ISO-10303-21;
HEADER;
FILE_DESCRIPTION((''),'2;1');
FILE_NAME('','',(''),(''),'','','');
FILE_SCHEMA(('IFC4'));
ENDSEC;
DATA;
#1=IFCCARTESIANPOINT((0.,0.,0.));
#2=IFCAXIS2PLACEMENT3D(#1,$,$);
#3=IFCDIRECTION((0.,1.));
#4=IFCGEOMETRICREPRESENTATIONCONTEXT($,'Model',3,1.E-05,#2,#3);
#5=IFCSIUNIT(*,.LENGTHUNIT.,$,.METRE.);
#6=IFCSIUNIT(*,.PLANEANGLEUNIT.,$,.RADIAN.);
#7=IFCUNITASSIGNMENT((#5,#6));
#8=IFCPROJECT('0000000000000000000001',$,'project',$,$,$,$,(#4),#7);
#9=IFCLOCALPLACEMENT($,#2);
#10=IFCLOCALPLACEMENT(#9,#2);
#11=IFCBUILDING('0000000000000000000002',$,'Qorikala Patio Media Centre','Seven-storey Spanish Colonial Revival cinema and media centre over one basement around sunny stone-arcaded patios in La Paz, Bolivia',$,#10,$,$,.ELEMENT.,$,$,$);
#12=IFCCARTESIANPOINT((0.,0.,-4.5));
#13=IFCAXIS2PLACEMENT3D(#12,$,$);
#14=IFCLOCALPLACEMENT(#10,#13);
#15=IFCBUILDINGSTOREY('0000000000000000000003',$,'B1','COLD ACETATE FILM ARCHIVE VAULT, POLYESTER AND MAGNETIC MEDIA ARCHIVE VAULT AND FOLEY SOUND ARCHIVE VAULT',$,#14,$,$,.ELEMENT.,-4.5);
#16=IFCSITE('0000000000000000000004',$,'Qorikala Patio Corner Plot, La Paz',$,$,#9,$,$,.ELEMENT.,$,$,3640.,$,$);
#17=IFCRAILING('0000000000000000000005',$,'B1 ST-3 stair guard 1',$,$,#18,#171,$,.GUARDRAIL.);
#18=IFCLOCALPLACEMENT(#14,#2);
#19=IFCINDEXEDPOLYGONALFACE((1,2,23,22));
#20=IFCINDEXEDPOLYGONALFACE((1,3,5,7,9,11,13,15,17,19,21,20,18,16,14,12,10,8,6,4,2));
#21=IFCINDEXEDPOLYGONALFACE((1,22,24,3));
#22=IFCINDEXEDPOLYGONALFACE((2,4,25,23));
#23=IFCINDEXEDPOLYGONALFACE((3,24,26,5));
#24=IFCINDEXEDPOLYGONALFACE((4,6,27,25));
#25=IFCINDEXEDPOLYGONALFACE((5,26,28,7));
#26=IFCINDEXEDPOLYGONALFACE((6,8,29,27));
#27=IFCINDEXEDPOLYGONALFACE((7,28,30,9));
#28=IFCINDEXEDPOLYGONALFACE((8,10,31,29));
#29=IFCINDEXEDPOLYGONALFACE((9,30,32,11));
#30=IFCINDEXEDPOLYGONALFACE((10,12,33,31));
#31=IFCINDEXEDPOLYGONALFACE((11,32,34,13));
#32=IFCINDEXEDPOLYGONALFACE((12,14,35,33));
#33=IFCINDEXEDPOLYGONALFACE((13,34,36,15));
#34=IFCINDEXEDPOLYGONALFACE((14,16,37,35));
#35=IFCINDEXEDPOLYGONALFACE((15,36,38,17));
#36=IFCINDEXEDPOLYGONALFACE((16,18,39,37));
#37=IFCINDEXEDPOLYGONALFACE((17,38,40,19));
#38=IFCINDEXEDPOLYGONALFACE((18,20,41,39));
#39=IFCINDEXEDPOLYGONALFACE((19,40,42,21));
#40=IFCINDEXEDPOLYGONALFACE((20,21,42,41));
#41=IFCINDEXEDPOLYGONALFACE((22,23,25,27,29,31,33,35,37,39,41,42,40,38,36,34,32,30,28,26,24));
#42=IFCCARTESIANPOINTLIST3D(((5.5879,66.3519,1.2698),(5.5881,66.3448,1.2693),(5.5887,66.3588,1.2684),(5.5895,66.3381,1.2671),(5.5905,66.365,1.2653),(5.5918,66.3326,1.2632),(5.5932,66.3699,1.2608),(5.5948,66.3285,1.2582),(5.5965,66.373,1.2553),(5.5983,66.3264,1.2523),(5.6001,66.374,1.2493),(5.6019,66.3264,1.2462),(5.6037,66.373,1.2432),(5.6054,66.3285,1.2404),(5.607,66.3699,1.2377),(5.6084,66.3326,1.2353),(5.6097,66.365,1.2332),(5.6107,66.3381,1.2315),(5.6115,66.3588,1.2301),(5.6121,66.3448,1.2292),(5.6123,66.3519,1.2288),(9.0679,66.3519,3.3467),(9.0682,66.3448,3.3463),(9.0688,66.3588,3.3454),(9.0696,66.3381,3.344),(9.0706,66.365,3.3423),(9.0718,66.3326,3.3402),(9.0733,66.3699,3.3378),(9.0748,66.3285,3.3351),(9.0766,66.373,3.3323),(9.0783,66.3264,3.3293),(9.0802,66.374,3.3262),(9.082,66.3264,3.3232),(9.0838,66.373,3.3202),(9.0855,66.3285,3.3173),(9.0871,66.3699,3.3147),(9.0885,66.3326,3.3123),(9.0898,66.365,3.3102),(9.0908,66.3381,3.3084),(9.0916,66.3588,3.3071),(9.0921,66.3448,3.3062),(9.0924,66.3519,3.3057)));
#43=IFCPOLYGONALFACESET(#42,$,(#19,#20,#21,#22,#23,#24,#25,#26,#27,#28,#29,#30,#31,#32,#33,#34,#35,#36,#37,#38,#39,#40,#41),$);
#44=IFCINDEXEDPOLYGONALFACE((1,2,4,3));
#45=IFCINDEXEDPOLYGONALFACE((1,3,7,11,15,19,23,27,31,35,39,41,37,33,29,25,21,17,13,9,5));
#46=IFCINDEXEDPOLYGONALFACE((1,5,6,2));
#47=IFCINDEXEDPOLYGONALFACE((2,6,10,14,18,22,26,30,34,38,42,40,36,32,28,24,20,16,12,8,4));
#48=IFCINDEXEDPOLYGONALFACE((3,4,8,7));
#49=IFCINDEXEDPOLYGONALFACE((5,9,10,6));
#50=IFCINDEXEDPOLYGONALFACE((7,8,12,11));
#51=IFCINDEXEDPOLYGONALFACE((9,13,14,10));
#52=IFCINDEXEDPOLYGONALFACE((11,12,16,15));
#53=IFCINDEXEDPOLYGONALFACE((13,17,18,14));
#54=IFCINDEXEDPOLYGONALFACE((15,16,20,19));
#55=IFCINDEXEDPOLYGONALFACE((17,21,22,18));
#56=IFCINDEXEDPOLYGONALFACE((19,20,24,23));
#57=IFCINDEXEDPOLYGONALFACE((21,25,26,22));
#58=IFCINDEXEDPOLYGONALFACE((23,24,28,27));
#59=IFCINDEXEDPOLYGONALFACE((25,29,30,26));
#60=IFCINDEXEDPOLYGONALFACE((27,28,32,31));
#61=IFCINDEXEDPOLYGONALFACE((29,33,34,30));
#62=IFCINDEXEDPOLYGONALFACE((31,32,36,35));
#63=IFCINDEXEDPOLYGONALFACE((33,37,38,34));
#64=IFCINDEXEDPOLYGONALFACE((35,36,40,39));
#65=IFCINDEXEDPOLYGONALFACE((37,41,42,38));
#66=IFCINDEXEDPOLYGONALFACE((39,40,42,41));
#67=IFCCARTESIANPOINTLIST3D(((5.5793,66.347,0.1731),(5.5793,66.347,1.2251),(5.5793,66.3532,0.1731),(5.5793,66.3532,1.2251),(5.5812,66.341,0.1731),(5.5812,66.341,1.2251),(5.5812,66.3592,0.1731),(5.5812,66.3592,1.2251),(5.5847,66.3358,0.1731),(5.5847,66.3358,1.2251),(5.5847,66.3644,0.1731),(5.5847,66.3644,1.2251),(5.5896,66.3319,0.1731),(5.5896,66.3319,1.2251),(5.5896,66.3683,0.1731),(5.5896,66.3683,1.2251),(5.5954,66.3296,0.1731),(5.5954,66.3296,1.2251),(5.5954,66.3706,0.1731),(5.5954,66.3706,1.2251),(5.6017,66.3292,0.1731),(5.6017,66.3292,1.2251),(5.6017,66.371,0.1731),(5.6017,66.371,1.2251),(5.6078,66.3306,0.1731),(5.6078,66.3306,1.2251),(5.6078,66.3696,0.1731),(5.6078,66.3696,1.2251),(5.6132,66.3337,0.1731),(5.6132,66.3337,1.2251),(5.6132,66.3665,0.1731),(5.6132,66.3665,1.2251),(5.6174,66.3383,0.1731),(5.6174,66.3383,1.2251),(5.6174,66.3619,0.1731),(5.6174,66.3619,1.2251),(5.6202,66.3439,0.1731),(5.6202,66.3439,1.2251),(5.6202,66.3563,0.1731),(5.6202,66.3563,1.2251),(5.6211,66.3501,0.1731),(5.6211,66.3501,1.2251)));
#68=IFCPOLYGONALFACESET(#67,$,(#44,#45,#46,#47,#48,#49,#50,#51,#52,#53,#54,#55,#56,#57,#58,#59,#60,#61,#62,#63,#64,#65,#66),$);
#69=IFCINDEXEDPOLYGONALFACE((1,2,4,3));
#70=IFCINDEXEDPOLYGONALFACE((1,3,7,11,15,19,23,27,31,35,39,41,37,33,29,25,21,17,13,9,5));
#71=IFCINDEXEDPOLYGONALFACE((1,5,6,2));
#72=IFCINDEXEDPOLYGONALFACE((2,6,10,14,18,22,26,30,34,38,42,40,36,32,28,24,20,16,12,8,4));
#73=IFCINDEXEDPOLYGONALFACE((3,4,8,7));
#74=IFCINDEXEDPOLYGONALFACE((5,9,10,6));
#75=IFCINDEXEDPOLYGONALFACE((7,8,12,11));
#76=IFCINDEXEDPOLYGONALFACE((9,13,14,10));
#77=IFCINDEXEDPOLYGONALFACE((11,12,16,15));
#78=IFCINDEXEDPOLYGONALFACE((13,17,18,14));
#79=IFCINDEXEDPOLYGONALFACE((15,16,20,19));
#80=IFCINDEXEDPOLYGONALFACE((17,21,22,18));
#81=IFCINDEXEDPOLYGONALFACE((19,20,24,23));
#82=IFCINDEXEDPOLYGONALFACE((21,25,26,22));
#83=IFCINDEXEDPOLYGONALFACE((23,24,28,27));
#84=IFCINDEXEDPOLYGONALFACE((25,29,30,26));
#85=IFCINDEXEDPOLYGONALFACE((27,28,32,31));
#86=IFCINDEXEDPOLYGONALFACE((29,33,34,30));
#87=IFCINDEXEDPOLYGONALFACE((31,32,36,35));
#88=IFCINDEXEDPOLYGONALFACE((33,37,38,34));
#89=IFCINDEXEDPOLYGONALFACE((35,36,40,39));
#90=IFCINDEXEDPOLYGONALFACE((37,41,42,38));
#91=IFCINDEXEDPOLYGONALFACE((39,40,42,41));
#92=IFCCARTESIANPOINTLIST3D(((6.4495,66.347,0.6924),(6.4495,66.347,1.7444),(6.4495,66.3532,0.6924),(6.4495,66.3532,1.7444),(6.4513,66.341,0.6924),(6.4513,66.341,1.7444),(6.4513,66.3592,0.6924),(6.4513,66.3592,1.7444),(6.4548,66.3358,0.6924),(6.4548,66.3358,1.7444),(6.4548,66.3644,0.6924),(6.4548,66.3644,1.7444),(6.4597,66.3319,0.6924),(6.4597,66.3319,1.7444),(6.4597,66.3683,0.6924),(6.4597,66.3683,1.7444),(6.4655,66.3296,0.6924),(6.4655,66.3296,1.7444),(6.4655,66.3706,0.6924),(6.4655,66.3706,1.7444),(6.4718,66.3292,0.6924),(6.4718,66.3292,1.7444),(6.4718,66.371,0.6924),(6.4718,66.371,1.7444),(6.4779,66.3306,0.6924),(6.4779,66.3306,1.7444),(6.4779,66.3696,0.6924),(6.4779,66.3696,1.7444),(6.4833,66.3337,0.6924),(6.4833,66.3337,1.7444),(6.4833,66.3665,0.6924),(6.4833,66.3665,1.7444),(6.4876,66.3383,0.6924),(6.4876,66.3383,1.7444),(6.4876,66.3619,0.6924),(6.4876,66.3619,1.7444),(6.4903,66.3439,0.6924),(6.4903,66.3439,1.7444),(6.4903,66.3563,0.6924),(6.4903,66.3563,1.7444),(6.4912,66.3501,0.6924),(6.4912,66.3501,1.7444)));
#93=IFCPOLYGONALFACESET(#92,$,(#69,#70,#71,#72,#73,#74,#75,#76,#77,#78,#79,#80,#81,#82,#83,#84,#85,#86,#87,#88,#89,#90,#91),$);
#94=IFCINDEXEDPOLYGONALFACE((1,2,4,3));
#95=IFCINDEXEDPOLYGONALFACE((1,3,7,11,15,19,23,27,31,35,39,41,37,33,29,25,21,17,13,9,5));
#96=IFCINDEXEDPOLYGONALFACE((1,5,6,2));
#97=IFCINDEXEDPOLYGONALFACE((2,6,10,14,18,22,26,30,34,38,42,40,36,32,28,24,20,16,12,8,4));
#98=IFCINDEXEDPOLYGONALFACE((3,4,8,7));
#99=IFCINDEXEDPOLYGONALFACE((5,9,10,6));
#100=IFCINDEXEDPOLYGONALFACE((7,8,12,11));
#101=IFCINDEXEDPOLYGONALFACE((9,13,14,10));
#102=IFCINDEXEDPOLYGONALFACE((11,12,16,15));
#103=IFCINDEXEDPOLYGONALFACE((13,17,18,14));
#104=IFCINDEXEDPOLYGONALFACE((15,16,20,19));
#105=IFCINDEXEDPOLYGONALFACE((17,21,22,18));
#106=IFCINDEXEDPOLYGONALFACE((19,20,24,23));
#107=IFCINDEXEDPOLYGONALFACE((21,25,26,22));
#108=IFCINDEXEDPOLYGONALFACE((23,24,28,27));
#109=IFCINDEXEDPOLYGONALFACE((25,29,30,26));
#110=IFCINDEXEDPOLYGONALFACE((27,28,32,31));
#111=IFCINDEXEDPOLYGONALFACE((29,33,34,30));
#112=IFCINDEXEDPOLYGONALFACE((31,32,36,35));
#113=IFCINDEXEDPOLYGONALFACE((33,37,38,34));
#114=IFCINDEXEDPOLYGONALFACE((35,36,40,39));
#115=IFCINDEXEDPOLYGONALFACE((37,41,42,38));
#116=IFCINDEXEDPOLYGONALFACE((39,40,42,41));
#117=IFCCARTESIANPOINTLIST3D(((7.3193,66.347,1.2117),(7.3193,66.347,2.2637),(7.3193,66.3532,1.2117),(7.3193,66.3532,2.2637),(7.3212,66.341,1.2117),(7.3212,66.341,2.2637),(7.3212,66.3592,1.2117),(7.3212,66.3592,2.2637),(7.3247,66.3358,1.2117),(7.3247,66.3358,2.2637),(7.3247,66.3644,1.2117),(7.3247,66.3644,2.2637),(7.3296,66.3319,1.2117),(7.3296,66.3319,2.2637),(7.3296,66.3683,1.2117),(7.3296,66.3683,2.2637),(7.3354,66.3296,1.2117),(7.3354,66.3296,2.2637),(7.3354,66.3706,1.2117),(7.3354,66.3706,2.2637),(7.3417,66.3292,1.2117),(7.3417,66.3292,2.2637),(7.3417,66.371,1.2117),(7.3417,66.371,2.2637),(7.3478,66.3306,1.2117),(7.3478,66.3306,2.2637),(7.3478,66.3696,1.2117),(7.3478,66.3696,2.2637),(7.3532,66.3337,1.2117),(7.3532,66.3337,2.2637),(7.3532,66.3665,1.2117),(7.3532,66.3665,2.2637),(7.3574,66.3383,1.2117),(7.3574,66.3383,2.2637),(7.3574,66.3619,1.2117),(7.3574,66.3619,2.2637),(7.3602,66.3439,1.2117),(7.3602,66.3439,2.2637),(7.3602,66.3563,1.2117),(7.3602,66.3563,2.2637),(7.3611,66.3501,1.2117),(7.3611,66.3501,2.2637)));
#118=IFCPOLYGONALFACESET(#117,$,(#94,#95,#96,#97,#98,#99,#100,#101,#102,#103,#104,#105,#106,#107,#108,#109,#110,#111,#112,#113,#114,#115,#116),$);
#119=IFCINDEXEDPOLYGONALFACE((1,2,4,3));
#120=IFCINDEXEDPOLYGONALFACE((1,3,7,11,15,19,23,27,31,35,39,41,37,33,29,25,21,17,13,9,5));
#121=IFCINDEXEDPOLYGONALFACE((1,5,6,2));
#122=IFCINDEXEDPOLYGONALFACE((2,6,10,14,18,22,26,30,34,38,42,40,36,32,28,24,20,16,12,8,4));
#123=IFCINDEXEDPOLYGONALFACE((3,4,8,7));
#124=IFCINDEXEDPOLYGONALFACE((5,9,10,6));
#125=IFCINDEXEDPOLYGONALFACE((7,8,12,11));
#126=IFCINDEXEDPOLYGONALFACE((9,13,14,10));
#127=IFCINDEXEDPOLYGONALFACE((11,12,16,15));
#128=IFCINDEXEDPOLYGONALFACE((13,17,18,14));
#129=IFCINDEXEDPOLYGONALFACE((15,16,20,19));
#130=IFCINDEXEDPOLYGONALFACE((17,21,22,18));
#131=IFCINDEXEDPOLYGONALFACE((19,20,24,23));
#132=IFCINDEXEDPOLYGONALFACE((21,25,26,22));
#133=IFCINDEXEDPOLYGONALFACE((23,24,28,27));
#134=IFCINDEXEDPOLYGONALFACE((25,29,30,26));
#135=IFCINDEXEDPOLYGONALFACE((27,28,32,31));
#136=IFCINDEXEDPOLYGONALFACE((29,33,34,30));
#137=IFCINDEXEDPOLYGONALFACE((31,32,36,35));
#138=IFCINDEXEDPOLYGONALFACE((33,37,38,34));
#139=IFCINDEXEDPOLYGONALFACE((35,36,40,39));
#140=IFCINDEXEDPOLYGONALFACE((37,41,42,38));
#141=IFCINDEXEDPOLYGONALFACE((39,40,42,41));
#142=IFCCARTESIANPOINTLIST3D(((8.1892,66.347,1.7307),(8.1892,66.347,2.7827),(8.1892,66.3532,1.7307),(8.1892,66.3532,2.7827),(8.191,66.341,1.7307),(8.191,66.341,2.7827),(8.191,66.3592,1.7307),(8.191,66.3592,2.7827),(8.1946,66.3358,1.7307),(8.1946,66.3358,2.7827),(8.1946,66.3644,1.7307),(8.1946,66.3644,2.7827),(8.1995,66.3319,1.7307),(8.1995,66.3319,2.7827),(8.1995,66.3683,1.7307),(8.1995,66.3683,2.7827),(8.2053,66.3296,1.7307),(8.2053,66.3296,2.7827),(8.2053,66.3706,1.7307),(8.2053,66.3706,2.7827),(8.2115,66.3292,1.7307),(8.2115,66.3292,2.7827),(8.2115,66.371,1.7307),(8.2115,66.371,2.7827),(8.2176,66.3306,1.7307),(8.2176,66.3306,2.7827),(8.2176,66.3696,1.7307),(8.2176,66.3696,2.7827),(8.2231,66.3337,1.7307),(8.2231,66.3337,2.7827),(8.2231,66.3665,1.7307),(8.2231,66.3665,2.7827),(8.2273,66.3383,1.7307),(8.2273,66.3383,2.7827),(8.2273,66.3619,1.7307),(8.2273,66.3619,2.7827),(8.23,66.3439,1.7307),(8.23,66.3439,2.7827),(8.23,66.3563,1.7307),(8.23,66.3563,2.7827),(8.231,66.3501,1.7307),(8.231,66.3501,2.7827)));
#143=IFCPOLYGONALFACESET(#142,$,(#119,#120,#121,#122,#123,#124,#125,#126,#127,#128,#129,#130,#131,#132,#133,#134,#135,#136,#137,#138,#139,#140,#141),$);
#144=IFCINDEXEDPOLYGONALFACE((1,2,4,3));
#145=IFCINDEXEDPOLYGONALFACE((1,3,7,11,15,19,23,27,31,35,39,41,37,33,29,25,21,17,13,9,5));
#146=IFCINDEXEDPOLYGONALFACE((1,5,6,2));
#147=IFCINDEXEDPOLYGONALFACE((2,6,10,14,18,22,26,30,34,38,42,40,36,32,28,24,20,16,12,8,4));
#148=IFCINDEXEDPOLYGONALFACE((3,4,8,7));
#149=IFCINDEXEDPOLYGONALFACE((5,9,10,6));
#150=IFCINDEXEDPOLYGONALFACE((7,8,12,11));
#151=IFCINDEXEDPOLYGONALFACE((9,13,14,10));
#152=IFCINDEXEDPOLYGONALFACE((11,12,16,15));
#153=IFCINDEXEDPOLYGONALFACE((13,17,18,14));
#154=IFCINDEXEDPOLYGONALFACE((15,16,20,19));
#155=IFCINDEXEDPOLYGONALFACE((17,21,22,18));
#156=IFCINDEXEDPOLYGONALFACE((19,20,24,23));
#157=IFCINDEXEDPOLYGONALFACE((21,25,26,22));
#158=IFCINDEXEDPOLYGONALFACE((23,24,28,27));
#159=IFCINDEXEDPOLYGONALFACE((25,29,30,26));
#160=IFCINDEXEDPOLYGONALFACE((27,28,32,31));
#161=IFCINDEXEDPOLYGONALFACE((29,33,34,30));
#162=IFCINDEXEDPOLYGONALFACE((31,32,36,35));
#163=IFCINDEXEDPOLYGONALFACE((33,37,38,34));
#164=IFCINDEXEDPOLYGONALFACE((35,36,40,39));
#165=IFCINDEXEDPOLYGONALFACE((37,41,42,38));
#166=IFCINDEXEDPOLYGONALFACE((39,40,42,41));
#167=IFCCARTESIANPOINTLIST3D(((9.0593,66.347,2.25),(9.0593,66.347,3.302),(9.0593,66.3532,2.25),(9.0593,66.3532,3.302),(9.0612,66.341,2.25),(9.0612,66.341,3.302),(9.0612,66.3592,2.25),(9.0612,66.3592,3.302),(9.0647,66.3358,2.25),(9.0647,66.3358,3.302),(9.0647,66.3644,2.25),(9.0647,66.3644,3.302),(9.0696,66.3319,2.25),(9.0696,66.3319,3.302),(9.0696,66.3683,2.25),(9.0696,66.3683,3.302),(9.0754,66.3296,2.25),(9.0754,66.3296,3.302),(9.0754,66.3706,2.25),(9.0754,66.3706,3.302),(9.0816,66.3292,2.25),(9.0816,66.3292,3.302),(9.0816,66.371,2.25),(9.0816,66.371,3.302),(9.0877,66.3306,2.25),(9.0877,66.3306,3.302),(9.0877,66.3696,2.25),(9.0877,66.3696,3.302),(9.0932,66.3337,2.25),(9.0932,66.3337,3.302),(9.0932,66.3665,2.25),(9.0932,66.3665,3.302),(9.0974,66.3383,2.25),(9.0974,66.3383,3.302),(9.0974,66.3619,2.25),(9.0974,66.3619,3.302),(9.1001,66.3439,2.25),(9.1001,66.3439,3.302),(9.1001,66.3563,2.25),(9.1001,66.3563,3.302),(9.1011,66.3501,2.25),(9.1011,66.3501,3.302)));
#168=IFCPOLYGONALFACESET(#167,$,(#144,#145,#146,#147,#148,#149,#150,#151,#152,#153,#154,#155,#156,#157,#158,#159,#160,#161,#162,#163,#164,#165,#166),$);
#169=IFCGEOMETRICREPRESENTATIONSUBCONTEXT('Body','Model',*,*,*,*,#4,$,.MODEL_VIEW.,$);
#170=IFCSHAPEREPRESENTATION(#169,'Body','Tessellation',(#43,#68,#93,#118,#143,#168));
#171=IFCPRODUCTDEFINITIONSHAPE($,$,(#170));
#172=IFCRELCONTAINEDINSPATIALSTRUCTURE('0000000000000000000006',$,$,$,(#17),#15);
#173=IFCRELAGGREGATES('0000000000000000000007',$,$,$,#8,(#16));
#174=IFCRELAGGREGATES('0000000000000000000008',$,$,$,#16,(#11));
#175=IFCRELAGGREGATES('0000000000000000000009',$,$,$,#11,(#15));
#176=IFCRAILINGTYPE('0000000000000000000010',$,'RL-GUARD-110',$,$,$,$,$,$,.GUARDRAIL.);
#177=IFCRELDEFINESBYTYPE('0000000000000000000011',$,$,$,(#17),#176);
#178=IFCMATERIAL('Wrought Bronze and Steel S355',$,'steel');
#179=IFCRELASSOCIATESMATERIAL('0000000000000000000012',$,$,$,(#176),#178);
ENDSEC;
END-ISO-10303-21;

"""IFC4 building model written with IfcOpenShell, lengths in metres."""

from ifc_helpers import new_model, si_unit, direction, frame, origin, origin_2d, place, context, subcontext, project, spatial, circle, extrude, material, type_object, element, save


model = new_model("IFC4")

# Units and contexts
model_context = context("Model", 3, precision=1e-05, world=origin(), true_north=direction((0.0, 1.0)))
body_context = subcontext(model_context, "Body", "Model", "MODEL_VIEW")
ifc_project = project(units=[si_unit("LENGTHUNIT", "METRE"), si_unit("PLANEANGLEUNIT", "RADIAN")], contexts=[model_context])

# Site, building, storey
site_placement = place(None, origin())
site = spatial("IfcSite", under=ifc_project, at=site_placement, Name="Qorikala Patio Corner Plot, La Paz", CompositionType="ELEMENT", RefElevation=3640.0)
building_placement = place(site_placement, origin())
building = spatial("IfcBuilding", under=site, at=building_placement, Name="Qorikala Patio Media Centre", Description="Seven-storey Spanish Colonial Revival cinema and media centre over one basement around sunny stone-arcaded patios in La Paz, Bolivia", CompositionType="ELEMENT")
storey_placement = place(building_placement, frame((0.0, 0.0, -4.5)))
storey = spatial("IfcBuildingStorey", under=building, at=storey_placement, Name="B1", Description="COLD ACETATE FILM ARCHIVE VAULT, POLYESTER AND MAGNETIC MEDIA ARCHIVE VAULT AND FOLEY SOUND ARCHIVE VAULT", CompositionType="ELEMENT", Elevation=-4.5)

# Railing
ifc_material_1 = material(Name="Wrought Bronze and Steel S355", Category="steel")
railing_type_1 = type_object("IfcRailingType", Name="RL-GUARD-110", PredefinedType="GUARDRAIL", material=ifc_material_1)
railing_1_placement = place(storey_placement, frame((5.6001, 66.3501, 0.1731)))
element("IfcRailing", 1, at=railing_1_placement, inside=storey, type_object=railing_type_1, Name="B1 ST-3 stair guard 1", PredefinedType="GUARDRAIL", context=body_context, shape_type="SweptSolid", body=[
    extrude(circle(Radius=0.0239, at=origin_2d()), frame((0.0, 0.0, 1.0762), z_axis=(0.858697, 0.0, 0.512483), x_axis=(0.0, 1.0, 0.0)), (0.0, 0.0, 1.0), 4.0527),
    extrude(circle(Radius=0.021, at=origin_2d()), origin(), (0.0, 0.0, 1.0), 1.052),
    extrude(circle(Radius=0.021, at=origin_2d()), frame((0.8701, 0.0, 0.5193)), (0.0, 0.0, 1.0), 1.052),
    extrude(circle(Radius=0.021, at=origin_2d()), frame((1.74, 0.0, 1.0386)), (0.0, 0.0, 1.0), 1.052),
    extrude(circle(Radius=0.021, at=origin_2d()), frame((2.6099, 0.0, 1.5576)), (0.0, 0.0, 1.0), 1.052),
    extrude(circle(Radius=0.021, at=origin_2d()), frame((3.48, 0.0, 2.0769)), (0.0, 0.0, 1.0), 1.052),
])

save(model, "model.ifc")
